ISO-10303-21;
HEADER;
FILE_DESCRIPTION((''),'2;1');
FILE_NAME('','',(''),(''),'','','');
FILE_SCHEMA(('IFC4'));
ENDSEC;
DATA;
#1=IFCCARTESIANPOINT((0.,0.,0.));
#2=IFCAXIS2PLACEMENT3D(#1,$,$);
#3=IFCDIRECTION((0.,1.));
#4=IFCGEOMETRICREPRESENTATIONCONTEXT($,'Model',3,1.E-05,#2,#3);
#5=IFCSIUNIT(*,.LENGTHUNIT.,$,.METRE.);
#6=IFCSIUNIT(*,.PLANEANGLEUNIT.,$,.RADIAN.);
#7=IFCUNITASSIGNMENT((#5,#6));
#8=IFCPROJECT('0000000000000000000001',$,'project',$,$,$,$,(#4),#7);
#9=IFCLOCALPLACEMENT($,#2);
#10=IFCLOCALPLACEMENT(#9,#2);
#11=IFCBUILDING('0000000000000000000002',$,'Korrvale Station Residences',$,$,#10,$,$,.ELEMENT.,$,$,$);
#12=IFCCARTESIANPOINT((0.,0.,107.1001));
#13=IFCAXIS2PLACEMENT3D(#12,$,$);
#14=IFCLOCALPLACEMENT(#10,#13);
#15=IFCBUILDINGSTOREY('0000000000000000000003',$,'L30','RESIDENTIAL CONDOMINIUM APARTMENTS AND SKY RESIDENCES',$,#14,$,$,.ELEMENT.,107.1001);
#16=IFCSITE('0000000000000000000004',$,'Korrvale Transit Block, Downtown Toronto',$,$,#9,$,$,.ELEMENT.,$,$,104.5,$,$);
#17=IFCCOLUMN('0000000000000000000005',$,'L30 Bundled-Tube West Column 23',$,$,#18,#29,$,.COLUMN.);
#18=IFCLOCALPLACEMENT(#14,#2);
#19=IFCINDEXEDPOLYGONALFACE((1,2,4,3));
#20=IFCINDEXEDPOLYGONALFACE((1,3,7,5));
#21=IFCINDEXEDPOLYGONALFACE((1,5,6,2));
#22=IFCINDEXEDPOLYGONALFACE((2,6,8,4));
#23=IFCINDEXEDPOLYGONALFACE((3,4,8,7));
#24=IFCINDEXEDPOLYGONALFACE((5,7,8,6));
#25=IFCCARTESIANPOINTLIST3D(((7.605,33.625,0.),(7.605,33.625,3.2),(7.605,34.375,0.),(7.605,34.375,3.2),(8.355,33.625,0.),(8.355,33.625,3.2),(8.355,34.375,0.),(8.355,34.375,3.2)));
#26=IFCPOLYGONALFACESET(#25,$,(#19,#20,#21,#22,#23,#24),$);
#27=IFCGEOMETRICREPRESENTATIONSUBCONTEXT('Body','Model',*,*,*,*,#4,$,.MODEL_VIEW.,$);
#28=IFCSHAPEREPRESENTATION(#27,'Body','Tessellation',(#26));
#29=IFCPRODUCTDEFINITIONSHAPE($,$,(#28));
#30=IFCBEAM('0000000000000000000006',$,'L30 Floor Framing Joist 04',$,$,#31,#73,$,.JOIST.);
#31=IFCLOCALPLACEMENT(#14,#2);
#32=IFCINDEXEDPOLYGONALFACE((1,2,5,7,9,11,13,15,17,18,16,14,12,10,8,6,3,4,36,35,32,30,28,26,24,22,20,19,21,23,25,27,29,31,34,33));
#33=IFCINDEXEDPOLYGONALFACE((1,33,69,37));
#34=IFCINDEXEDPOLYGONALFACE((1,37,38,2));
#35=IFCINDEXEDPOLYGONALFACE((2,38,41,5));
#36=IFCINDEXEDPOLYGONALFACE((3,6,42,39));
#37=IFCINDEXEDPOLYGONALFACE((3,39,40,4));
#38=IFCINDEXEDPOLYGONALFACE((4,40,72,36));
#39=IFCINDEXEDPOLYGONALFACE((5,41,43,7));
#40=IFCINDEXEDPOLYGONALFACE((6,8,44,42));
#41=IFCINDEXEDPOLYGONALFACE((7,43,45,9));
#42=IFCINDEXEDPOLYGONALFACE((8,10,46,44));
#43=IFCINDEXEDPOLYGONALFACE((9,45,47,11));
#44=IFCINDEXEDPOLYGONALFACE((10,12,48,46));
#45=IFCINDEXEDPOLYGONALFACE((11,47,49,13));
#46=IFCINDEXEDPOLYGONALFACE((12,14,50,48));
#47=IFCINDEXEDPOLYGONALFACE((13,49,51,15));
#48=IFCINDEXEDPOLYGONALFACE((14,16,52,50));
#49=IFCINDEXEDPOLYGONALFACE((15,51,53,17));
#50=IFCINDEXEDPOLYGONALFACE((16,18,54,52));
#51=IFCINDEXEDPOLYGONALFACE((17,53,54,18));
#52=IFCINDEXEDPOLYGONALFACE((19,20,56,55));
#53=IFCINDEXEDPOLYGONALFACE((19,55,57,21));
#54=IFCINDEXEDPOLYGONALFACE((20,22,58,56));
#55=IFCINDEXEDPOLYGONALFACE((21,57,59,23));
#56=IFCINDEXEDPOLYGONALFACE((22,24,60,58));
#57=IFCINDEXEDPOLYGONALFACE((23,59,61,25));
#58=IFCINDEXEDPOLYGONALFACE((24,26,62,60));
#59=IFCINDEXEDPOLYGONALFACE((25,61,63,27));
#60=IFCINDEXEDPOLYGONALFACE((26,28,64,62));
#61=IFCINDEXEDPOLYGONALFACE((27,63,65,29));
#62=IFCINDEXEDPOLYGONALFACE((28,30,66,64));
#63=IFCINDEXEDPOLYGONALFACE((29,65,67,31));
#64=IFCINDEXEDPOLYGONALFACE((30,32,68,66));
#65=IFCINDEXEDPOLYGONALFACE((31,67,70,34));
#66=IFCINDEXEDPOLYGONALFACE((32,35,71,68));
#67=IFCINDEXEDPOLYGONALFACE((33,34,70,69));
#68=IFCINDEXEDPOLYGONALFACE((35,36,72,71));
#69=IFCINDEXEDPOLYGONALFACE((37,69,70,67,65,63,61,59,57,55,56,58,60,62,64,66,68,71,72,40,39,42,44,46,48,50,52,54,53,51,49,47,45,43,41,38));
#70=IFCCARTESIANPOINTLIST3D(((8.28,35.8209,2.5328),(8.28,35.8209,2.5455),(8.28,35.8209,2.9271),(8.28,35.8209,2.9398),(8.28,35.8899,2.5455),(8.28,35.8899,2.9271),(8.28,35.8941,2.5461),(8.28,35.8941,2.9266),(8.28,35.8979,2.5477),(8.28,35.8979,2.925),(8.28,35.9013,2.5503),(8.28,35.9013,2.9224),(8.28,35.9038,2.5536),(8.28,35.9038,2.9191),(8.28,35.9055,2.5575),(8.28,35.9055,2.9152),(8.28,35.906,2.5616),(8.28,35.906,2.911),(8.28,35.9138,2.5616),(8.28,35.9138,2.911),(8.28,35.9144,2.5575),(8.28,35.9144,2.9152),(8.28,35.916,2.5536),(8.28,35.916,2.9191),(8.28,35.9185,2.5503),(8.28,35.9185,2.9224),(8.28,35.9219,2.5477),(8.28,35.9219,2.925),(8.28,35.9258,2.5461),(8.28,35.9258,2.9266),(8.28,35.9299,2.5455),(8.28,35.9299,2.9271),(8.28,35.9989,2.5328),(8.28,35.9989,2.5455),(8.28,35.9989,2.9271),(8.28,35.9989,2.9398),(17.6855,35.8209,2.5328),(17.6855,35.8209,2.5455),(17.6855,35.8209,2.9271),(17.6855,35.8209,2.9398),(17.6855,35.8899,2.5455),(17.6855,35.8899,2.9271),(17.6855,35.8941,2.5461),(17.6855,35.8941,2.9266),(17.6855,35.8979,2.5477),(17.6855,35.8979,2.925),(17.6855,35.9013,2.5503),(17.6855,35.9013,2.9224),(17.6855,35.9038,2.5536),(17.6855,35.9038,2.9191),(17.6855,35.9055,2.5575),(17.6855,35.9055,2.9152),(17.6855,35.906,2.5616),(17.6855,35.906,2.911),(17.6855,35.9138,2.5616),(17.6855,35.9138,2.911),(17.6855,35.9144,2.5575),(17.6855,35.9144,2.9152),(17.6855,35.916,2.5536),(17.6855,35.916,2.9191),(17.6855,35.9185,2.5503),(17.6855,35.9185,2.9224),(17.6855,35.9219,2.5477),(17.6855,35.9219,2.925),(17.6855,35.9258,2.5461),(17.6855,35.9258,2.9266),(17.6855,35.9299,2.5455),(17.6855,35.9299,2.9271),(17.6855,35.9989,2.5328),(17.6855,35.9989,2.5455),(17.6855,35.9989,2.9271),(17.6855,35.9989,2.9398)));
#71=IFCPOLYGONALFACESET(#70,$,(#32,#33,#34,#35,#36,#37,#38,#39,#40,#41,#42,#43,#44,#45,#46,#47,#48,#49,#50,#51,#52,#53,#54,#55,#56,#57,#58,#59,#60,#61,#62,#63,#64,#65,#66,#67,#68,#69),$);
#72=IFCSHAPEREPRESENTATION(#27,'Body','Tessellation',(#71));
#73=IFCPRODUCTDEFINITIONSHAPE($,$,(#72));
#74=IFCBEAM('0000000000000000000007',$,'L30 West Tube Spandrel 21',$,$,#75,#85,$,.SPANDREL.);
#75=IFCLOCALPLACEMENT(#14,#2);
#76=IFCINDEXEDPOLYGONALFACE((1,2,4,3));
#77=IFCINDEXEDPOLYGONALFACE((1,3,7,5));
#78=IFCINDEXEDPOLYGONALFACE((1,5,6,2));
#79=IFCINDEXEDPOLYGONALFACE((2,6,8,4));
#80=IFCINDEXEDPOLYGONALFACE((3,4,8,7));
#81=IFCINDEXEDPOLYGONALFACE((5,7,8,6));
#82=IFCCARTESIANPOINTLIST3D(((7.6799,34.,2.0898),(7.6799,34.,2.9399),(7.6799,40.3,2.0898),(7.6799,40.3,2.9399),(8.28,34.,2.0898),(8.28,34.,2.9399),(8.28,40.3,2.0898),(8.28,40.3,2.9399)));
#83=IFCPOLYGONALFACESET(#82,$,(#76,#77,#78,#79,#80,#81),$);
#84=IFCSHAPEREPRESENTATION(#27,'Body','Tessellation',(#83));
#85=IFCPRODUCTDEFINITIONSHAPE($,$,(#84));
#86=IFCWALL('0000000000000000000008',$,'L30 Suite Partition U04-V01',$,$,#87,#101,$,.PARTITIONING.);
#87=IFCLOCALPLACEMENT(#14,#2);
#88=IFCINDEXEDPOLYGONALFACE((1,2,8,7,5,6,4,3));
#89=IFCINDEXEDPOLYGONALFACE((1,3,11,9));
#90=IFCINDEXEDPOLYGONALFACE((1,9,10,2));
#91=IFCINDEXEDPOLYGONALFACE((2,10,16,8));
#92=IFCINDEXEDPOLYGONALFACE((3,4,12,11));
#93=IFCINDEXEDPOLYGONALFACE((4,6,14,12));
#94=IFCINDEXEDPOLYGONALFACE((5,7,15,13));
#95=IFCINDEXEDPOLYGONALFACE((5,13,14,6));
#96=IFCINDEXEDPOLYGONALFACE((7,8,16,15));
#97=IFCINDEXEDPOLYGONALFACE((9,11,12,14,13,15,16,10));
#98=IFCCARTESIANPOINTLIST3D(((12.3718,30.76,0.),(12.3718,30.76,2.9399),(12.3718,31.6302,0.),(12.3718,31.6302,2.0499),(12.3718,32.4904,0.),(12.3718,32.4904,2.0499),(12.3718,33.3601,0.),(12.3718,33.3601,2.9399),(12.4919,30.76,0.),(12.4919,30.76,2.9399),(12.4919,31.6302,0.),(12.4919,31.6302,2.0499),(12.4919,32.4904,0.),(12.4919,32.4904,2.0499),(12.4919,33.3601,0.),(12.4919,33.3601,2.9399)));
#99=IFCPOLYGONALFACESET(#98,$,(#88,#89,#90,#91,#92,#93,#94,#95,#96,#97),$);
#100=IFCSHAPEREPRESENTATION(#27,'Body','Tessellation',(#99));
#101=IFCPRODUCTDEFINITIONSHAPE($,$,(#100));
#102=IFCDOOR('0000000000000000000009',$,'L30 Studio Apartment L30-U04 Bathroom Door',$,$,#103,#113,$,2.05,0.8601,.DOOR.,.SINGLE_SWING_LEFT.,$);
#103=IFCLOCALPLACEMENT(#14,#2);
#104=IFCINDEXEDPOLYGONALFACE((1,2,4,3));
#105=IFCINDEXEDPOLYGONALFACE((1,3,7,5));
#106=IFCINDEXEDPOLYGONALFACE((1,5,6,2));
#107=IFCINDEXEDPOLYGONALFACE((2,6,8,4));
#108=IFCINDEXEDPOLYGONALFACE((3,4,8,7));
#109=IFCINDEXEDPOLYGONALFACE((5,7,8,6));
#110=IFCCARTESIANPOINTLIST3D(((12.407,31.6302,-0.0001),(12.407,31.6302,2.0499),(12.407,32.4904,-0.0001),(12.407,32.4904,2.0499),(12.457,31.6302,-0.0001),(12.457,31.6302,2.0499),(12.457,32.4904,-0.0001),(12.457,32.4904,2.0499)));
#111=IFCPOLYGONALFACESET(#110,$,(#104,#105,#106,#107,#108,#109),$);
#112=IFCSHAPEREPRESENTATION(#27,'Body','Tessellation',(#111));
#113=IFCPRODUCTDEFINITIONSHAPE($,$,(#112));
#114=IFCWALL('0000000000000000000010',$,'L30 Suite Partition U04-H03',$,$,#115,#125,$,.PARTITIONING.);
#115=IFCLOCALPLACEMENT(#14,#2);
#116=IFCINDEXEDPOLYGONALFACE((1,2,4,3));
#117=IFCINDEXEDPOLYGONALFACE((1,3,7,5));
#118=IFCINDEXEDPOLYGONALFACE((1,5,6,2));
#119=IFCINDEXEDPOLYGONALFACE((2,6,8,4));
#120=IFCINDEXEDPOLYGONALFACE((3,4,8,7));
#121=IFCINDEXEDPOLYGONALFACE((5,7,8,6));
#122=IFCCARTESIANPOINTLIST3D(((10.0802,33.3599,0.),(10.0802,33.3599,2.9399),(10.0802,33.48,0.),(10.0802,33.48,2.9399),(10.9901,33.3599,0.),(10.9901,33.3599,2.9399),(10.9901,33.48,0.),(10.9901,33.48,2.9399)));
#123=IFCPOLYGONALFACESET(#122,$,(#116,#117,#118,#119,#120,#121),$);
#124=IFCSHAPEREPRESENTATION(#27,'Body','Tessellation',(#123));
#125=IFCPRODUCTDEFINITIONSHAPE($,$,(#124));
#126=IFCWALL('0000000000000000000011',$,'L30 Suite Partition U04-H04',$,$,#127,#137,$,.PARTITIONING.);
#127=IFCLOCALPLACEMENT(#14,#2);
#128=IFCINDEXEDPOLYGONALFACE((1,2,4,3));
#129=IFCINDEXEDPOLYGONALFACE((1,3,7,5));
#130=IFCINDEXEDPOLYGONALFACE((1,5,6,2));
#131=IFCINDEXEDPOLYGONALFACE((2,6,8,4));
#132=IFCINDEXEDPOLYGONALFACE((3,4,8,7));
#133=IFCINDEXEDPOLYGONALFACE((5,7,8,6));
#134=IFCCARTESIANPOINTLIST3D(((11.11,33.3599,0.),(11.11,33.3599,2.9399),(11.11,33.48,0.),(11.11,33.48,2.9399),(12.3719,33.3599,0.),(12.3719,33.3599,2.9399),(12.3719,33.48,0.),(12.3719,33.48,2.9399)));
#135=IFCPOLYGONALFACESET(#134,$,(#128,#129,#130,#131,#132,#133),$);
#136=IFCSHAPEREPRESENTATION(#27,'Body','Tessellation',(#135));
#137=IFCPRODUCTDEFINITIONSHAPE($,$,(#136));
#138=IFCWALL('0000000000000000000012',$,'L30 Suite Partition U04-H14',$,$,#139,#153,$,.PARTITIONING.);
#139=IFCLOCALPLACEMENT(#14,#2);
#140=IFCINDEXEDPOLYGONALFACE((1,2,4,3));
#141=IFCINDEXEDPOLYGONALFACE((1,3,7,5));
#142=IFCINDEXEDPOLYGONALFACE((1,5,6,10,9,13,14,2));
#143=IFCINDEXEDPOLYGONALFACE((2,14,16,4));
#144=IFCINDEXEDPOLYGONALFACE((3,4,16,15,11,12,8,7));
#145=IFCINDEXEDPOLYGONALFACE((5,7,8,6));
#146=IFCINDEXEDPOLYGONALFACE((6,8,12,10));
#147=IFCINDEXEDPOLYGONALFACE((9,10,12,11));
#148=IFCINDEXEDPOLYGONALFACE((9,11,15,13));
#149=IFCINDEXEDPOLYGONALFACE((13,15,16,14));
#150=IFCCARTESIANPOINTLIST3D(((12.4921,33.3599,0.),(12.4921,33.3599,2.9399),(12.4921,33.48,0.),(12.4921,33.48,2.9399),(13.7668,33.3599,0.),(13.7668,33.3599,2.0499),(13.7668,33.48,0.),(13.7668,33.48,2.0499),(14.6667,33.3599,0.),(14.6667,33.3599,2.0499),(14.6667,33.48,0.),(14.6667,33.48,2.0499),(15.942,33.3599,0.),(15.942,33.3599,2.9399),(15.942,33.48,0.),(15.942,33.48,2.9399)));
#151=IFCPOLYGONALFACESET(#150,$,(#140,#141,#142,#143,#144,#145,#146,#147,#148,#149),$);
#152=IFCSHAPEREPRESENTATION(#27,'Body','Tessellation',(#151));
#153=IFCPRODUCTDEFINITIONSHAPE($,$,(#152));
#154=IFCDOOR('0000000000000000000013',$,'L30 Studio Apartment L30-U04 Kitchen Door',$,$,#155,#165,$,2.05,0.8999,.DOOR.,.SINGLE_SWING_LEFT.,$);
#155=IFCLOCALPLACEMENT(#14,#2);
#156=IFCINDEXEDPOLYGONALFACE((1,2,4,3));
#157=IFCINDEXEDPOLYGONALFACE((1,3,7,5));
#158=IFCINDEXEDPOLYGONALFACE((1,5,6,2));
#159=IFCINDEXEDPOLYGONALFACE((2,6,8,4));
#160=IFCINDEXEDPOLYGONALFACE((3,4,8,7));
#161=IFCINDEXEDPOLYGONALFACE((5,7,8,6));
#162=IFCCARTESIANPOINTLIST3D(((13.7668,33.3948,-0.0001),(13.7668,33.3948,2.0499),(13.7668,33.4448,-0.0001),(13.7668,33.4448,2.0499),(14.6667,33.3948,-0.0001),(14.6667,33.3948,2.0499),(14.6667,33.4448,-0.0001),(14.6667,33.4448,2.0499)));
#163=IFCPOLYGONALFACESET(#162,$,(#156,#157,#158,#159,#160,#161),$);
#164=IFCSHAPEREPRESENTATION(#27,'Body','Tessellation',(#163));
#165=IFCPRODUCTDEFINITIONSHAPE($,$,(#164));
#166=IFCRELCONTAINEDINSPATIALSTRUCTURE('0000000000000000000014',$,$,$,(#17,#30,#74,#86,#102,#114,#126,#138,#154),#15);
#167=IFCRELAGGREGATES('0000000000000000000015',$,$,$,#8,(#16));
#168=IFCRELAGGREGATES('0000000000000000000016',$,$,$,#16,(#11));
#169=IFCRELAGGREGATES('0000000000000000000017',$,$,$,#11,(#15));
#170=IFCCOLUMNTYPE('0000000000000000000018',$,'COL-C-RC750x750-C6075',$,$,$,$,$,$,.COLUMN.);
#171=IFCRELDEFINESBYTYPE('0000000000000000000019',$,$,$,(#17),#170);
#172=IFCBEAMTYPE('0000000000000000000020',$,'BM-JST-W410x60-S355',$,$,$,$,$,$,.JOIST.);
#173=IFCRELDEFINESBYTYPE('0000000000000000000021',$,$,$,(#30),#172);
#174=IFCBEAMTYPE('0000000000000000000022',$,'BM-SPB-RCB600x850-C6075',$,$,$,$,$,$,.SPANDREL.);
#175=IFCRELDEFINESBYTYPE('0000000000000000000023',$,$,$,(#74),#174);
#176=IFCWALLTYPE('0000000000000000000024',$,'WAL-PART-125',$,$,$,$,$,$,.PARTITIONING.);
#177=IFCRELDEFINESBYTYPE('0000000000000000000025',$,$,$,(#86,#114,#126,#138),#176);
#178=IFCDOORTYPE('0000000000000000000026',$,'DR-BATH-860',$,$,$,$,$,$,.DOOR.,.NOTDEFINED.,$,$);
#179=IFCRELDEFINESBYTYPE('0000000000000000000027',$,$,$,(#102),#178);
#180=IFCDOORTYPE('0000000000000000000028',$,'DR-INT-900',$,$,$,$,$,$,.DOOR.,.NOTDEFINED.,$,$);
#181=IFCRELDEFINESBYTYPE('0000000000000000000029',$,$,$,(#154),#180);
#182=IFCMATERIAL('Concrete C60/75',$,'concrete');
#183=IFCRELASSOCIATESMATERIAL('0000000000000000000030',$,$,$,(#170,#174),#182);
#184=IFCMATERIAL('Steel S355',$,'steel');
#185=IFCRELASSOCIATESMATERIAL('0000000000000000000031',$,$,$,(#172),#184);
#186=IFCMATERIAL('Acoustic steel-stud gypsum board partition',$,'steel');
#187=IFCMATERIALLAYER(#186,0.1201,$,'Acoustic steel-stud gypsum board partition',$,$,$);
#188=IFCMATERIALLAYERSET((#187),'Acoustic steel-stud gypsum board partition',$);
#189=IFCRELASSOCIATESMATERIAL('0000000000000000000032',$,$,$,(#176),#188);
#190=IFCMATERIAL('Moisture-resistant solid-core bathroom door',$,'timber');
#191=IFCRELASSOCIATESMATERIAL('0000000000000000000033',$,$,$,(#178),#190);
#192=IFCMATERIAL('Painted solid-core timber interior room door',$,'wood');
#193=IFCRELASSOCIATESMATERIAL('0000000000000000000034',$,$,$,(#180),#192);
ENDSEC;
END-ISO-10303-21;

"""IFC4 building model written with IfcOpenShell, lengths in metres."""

from ifc_helpers import new_model, si_unit, direction, frame, frame_2d, origin, origin_2d, place, context, subcontext, project, spatial, rectangle, i_section, extrude, material, layer, layer_set, material_profile, profile_set, type_object, element, fill, save


model = new_model("IFC4")

# Units and contexts
model_context = context("Model", 3, precision=1e-05, world=origin(), true_north=direction((0.0, 1.0)))
body_context = subcontext(model_context, "Body", "Model", "MODEL_VIEW")
ifc_project = project(units=[si_unit("LENGTHUNIT", "METRE"), si_unit("PLANEANGLEUNIT", "RADIAN")], contexts=[model_context])

# Site, building, storey
site_placement = place(None, origin())
site = spatial("IfcSite", under=ifc_project, at=site_placement, Name="Korrvale Transit Block, Downtown Toronto", CompositionType="ELEMENT", RefElevation=104.5)
building_placement = place(site_placement, origin())
building = spatial("IfcBuilding", under=site, at=building_placement, Name="Korrvale Station Residences", CompositionType="ELEMENT")
storey_placement = place(building_placement, frame((0.0, 0.0, 107.1001)))
storey = spatial("IfcBuildingStorey", under=building, at=storey_placement, Name="L30", Description="RESIDENTIAL CONDOMINIUM APARTMENTS AND SKY RESIDENCES", CompositionType="ELEMENT", Elevation=107.1001)

# Column
ifc_material_1 = material(Name="Concrete C60/75", Category="concrete")
ifc_material_profile_1 = material_profile(ifc_material_1, rectangle(XDim=0.75, YDim=0.75, at=origin_2d()), Name="RC750x750")
ifc_profile_set_1 = profile_set([ifc_material_profile_1], Name="Concrete C60/75")
column_type = type_object("IfcColumnType", Name="COL-C-RC750x750-C6075", PredefinedType="COLUMN", material=ifc_profile_set_1)
column_placement = place(storey_placement, frame((7.98, 34.0, 0.0), z_axis=(0.0, 0.0, 1.0), x_axis=(1.0, 0.0, 0.0)))
element("IfcColumn", 1, at=column_placement, inside=storey, type_object=column_type, Name="L30 Bundled-Tube West Column 23", PredefinedType="COLUMN", context=body_context, shape_type="SweptSolid", body=[
    extrude(rectangle(XDim=0.75, YDim=0.75, at=origin_2d()), origin(), (0.0, 0.0, 1.0), 3.2),
])

# Beams
ifc_material_2 = material(Name="Steel S355", Category="steel")
ifc_material_profile_2 = material_profile(ifc_material_2, i_section(OverallWidth=0.178, OverallDepth=0.407, WebThickness=0.0078, FlangeThickness=0.0127, FilletRadius=0.0161, at=origin_2d()), Name="W410x60")
ifc_profile_set_2 = profile_set([ifc_material_profile_2], Name="Steel S355")
beam_type_1 = type_object("IfcBeamType", Name="BM-JST-W410x60-S355", PredefinedType="JOIST", material=ifc_profile_set_2)
beam_1_placement = place(storey_placement, frame((8.28, 35.9099, 2.7363), z_axis=(1.0, 0.0, 0.0), x_axis=(0.0, 1.0, 0.0)))
element("IfcBeam", 2, at=beam_1_placement, inside=storey, type_object=beam_type_1, Name="L30 Floor Framing Joist 04", PredefinedType="JOIST", context=body_context, shape_type="SweptSolid", body=[
    extrude(i_section(OverallWidth=0.178, OverallDepth=0.407, WebThickness=0.0078, FlangeThickness=0.0127, FilletRadius=0.0161, at=origin_2d()), origin(), (0.0, 0.0, 1.0), 9.4055),
])
ifc_material_profile_3 = material_profile(ifc_material_1, rectangle(XDim=0.6001, YDim=0.8501, at=origin_2d()), Name="RCB600x850")
ifc_profile_set_3 = profile_set([ifc_material_profile_3], Name="Concrete C60/75")
beam_type_2 = type_object("IfcBeamType", Name="BM-SPB-RCB600x850-C6075", PredefinedType="SPANDREL", material=ifc_profile_set_3)
beam_2_placement = place(storey_placement, frame((7.98, 34.0, 2.5149), z_axis=(0.0, 1.0, 0.0), x_axis=(-1.0, 0.0, 0.0)))
element("IfcBeam", 3, at=beam_2_placement, inside=storey, type_object=beam_type_2, Name="L30 West Tube Spandrel 21", PredefinedType="SPANDREL", context=body_context, shape_type="SweptSolid", body=[
    extrude(rectangle(XDim=0.6001, YDim=0.8501, at=origin_2d()), origin(), (0.0, 0.0, 1.0), 6.3),
])

# Wall, opening, door
ifc_material_3 = material(Name="Acoustic steel-stud gypsum board partition", Category="steel")
ifc_layer_1 = layer(ifc_material_3, 0.1201, Name="Acoustic steel-stud gypsum board partition")
ifc_layer_set_1 = layer_set([ifc_layer_1], Name="Acoustic steel-stud gypsum board partition")
wall_type_1 = type_object("IfcWallType", Name="WAL-PART-125", PredefinedType="PARTITIONING", material=ifc_layer_set_1)
wall_1_placement = place(storey_placement, frame((12.4319, 30.76, 0.0), z_axis=(0.0, 0.0, 1.0), x_axis=(0.0, 1.0, 0.0)))
wall_1 = element("IfcWall", 4, at=wall_1_placement, inside=storey, type_object=wall_type_1, Name="L30 Suite Partition U04-V01", PredefinedType="PARTITIONING", context=body_context, shape_type="SweptSolid", body=[
    extrude(rectangle(XDim=2.6001, YDim=0.1201, at=frame_2d((1.3, 0.0))), origin(), (0.0, 0.0, 1.0), 2.9399),
])
opening_1_placement = place(wall_1_placement, frame((0.8701, 0.0, 0.0)))
opening_1 = element("IfcOpeningElement", 5, at=opening_1_placement, cuts=wall_1, PredefinedType="OPENING", context=body_context, shape_type="SweptSolid", body=[
    extrude(rectangle(XDim=0.8601, YDim=2.05, at=frame_2d((0.4302, 1.0249))), frame((0.0, 0.0701, 0.0), z_axis=(0.0, -1.0, 0.0), x_axis=(1.0, 0.0, 0.0)), (0.0, 0.0, 1.0), 0.1401),
])
ifc_material_4 = material(Name="Moisture-resistant solid-core bathroom door", Category="timber")
door_type_1 = type_object("IfcDoorType", Name="DR-BATH-860", OperationType="NOTDEFINED", PredefinedType="DOOR", material=ifc_material_4)
door_1_placement = place(opening_1_placement, origin())
door_1 = element("IfcDoor", 6, at=door_1_placement, inside=storey, type_object=door_type_1, Name="L30 Studio Apartment L30-U04 Bathroom Door", OperationType="SINGLE_SWING_LEFT", OverallHeight=2.05, OverallWidth=0.8601, PredefinedType="DOOR", context=body_context, shape_type="SweptSolid", body=[
    extrude(rectangle(XDim=0.8601, YDim=2.05, at=frame_2d((0.4302, 1.0249))), frame((0.0, 0.0249, 0.0), z_axis=(0.0, -1.0, 0.0), x_axis=(1.0, 0.0, 0.0)), (0.0, 0.0, 1.0), 0.05),
])
fill(opening_1, door_1)

# Walls
wall_2_placement = place(storey_placement, frame((10.0801, 33.4199, 0.0), z_axis=(0.0, 0.0, 1.0), x_axis=(1.0, 0.0, 0.0)))
element("IfcWall", 7, at=wall_2_placement, inside=storey, type_object=wall_type_1, Name="L30 Suite Partition U04-H03", PredefinedType="PARTITIONING", context=body_context, shape_type="SweptSolid", body=[
    extrude(rectangle(XDim=0.9099, YDim=0.1201, at=frame_2d((0.4551, 0.0))), origin(), (0.0, 0.0, 1.0), 2.9399),
])
wall_3_placement = place(storey_placement, frame((11.1101, 33.4199, 0.0), z_axis=(0.0, 0.0, 1.0), x_axis=(1.0, 0.0, 0.0)))
element("IfcWall", 8, at=wall_3_placement, inside=storey, type_object=wall_type_1, Name="L30 Suite Partition U04-H04", PredefinedType="PARTITIONING", context=body_context, shape_type="SweptSolid", body=[
    extrude(rectangle(XDim=1.262, YDim=0.1201, at=frame_2d((0.6309, 0.0))), origin(), (0.0, 0.0, 1.0), 2.9399),
])

# Wall, opening, door
wall_4_placement = place(storey_placement, frame((12.4919, 33.4199, 0.0), z_axis=(0.0, 0.0, 1.0), x_axis=(1.0, 0.0, 0.0)))
wall_4 = element("IfcWall", 9, at=wall_4_placement, inside=storey, type_object=wall_type_1, Name="L30 Suite Partition U04-H14", PredefinedType="PARTITIONING", context=body_context, shape_type="SweptSolid", body=[
    extrude(rectangle(XDim=3.45, YDim=0.1201, at=frame_2d((1.7251, 0.0))), origin(), (0.0, 0.0, 1.0), 2.9399),
])
opening_2_placement = place(wall_4_placement, frame((1.2749, 0.0, 0.0)))
opening_2 = element("IfcOpeningElement", 10, at=opening_2_placement, cuts=wall_4, PredefinedType="OPENING", context=body_context, shape_type="SweptSolid", body=[
    extrude(rectangle(XDim=0.8999, YDim=2.05, at=frame_2d((0.45, 1.0249))), frame((0.0, 0.0701, 0.0), z_axis=(0.0, -1.0, 0.0), x_axis=(1.0, 0.0, 0.0)), (0.0, 0.0, 1.0), 0.1401),
])
ifc_material_5 = material(Name="Painted solid-core timber interior room door", Category="wood")
door_type_2 = type_object("IfcDoorType", Name="DR-INT-900", OperationType="NOTDEFINED", PredefinedType="DOOR", material=ifc_material_5)
door_2_placement = place(opening_2_placement, origin())
door_2 = element("IfcDoor", 11, at=door_2_placement, inside=storey, type_object=door_type_2, Name="L30 Studio Apartment L30-U04 Kitchen Door", OperationType="SINGLE_SWING_LEFT", OverallHeight=2.05, OverallWidth=0.8999, PredefinedType="DOOR", context=body_context, shape_type="SweptSolid", body=[
    extrude(rectangle(XDim=0.8999, YDim=2.05, at=frame_2d((0.45, 1.0249))), frame((0.0, 0.0249, 0.0), z_axis=(0.0, -1.0, 0.0), x_axis=(1.0, 0.0, 0.0)), (0.0, 0.0, 1.0), 0.05),
])
fill(opening_2, door_2)

save(model, "model.ifc")
